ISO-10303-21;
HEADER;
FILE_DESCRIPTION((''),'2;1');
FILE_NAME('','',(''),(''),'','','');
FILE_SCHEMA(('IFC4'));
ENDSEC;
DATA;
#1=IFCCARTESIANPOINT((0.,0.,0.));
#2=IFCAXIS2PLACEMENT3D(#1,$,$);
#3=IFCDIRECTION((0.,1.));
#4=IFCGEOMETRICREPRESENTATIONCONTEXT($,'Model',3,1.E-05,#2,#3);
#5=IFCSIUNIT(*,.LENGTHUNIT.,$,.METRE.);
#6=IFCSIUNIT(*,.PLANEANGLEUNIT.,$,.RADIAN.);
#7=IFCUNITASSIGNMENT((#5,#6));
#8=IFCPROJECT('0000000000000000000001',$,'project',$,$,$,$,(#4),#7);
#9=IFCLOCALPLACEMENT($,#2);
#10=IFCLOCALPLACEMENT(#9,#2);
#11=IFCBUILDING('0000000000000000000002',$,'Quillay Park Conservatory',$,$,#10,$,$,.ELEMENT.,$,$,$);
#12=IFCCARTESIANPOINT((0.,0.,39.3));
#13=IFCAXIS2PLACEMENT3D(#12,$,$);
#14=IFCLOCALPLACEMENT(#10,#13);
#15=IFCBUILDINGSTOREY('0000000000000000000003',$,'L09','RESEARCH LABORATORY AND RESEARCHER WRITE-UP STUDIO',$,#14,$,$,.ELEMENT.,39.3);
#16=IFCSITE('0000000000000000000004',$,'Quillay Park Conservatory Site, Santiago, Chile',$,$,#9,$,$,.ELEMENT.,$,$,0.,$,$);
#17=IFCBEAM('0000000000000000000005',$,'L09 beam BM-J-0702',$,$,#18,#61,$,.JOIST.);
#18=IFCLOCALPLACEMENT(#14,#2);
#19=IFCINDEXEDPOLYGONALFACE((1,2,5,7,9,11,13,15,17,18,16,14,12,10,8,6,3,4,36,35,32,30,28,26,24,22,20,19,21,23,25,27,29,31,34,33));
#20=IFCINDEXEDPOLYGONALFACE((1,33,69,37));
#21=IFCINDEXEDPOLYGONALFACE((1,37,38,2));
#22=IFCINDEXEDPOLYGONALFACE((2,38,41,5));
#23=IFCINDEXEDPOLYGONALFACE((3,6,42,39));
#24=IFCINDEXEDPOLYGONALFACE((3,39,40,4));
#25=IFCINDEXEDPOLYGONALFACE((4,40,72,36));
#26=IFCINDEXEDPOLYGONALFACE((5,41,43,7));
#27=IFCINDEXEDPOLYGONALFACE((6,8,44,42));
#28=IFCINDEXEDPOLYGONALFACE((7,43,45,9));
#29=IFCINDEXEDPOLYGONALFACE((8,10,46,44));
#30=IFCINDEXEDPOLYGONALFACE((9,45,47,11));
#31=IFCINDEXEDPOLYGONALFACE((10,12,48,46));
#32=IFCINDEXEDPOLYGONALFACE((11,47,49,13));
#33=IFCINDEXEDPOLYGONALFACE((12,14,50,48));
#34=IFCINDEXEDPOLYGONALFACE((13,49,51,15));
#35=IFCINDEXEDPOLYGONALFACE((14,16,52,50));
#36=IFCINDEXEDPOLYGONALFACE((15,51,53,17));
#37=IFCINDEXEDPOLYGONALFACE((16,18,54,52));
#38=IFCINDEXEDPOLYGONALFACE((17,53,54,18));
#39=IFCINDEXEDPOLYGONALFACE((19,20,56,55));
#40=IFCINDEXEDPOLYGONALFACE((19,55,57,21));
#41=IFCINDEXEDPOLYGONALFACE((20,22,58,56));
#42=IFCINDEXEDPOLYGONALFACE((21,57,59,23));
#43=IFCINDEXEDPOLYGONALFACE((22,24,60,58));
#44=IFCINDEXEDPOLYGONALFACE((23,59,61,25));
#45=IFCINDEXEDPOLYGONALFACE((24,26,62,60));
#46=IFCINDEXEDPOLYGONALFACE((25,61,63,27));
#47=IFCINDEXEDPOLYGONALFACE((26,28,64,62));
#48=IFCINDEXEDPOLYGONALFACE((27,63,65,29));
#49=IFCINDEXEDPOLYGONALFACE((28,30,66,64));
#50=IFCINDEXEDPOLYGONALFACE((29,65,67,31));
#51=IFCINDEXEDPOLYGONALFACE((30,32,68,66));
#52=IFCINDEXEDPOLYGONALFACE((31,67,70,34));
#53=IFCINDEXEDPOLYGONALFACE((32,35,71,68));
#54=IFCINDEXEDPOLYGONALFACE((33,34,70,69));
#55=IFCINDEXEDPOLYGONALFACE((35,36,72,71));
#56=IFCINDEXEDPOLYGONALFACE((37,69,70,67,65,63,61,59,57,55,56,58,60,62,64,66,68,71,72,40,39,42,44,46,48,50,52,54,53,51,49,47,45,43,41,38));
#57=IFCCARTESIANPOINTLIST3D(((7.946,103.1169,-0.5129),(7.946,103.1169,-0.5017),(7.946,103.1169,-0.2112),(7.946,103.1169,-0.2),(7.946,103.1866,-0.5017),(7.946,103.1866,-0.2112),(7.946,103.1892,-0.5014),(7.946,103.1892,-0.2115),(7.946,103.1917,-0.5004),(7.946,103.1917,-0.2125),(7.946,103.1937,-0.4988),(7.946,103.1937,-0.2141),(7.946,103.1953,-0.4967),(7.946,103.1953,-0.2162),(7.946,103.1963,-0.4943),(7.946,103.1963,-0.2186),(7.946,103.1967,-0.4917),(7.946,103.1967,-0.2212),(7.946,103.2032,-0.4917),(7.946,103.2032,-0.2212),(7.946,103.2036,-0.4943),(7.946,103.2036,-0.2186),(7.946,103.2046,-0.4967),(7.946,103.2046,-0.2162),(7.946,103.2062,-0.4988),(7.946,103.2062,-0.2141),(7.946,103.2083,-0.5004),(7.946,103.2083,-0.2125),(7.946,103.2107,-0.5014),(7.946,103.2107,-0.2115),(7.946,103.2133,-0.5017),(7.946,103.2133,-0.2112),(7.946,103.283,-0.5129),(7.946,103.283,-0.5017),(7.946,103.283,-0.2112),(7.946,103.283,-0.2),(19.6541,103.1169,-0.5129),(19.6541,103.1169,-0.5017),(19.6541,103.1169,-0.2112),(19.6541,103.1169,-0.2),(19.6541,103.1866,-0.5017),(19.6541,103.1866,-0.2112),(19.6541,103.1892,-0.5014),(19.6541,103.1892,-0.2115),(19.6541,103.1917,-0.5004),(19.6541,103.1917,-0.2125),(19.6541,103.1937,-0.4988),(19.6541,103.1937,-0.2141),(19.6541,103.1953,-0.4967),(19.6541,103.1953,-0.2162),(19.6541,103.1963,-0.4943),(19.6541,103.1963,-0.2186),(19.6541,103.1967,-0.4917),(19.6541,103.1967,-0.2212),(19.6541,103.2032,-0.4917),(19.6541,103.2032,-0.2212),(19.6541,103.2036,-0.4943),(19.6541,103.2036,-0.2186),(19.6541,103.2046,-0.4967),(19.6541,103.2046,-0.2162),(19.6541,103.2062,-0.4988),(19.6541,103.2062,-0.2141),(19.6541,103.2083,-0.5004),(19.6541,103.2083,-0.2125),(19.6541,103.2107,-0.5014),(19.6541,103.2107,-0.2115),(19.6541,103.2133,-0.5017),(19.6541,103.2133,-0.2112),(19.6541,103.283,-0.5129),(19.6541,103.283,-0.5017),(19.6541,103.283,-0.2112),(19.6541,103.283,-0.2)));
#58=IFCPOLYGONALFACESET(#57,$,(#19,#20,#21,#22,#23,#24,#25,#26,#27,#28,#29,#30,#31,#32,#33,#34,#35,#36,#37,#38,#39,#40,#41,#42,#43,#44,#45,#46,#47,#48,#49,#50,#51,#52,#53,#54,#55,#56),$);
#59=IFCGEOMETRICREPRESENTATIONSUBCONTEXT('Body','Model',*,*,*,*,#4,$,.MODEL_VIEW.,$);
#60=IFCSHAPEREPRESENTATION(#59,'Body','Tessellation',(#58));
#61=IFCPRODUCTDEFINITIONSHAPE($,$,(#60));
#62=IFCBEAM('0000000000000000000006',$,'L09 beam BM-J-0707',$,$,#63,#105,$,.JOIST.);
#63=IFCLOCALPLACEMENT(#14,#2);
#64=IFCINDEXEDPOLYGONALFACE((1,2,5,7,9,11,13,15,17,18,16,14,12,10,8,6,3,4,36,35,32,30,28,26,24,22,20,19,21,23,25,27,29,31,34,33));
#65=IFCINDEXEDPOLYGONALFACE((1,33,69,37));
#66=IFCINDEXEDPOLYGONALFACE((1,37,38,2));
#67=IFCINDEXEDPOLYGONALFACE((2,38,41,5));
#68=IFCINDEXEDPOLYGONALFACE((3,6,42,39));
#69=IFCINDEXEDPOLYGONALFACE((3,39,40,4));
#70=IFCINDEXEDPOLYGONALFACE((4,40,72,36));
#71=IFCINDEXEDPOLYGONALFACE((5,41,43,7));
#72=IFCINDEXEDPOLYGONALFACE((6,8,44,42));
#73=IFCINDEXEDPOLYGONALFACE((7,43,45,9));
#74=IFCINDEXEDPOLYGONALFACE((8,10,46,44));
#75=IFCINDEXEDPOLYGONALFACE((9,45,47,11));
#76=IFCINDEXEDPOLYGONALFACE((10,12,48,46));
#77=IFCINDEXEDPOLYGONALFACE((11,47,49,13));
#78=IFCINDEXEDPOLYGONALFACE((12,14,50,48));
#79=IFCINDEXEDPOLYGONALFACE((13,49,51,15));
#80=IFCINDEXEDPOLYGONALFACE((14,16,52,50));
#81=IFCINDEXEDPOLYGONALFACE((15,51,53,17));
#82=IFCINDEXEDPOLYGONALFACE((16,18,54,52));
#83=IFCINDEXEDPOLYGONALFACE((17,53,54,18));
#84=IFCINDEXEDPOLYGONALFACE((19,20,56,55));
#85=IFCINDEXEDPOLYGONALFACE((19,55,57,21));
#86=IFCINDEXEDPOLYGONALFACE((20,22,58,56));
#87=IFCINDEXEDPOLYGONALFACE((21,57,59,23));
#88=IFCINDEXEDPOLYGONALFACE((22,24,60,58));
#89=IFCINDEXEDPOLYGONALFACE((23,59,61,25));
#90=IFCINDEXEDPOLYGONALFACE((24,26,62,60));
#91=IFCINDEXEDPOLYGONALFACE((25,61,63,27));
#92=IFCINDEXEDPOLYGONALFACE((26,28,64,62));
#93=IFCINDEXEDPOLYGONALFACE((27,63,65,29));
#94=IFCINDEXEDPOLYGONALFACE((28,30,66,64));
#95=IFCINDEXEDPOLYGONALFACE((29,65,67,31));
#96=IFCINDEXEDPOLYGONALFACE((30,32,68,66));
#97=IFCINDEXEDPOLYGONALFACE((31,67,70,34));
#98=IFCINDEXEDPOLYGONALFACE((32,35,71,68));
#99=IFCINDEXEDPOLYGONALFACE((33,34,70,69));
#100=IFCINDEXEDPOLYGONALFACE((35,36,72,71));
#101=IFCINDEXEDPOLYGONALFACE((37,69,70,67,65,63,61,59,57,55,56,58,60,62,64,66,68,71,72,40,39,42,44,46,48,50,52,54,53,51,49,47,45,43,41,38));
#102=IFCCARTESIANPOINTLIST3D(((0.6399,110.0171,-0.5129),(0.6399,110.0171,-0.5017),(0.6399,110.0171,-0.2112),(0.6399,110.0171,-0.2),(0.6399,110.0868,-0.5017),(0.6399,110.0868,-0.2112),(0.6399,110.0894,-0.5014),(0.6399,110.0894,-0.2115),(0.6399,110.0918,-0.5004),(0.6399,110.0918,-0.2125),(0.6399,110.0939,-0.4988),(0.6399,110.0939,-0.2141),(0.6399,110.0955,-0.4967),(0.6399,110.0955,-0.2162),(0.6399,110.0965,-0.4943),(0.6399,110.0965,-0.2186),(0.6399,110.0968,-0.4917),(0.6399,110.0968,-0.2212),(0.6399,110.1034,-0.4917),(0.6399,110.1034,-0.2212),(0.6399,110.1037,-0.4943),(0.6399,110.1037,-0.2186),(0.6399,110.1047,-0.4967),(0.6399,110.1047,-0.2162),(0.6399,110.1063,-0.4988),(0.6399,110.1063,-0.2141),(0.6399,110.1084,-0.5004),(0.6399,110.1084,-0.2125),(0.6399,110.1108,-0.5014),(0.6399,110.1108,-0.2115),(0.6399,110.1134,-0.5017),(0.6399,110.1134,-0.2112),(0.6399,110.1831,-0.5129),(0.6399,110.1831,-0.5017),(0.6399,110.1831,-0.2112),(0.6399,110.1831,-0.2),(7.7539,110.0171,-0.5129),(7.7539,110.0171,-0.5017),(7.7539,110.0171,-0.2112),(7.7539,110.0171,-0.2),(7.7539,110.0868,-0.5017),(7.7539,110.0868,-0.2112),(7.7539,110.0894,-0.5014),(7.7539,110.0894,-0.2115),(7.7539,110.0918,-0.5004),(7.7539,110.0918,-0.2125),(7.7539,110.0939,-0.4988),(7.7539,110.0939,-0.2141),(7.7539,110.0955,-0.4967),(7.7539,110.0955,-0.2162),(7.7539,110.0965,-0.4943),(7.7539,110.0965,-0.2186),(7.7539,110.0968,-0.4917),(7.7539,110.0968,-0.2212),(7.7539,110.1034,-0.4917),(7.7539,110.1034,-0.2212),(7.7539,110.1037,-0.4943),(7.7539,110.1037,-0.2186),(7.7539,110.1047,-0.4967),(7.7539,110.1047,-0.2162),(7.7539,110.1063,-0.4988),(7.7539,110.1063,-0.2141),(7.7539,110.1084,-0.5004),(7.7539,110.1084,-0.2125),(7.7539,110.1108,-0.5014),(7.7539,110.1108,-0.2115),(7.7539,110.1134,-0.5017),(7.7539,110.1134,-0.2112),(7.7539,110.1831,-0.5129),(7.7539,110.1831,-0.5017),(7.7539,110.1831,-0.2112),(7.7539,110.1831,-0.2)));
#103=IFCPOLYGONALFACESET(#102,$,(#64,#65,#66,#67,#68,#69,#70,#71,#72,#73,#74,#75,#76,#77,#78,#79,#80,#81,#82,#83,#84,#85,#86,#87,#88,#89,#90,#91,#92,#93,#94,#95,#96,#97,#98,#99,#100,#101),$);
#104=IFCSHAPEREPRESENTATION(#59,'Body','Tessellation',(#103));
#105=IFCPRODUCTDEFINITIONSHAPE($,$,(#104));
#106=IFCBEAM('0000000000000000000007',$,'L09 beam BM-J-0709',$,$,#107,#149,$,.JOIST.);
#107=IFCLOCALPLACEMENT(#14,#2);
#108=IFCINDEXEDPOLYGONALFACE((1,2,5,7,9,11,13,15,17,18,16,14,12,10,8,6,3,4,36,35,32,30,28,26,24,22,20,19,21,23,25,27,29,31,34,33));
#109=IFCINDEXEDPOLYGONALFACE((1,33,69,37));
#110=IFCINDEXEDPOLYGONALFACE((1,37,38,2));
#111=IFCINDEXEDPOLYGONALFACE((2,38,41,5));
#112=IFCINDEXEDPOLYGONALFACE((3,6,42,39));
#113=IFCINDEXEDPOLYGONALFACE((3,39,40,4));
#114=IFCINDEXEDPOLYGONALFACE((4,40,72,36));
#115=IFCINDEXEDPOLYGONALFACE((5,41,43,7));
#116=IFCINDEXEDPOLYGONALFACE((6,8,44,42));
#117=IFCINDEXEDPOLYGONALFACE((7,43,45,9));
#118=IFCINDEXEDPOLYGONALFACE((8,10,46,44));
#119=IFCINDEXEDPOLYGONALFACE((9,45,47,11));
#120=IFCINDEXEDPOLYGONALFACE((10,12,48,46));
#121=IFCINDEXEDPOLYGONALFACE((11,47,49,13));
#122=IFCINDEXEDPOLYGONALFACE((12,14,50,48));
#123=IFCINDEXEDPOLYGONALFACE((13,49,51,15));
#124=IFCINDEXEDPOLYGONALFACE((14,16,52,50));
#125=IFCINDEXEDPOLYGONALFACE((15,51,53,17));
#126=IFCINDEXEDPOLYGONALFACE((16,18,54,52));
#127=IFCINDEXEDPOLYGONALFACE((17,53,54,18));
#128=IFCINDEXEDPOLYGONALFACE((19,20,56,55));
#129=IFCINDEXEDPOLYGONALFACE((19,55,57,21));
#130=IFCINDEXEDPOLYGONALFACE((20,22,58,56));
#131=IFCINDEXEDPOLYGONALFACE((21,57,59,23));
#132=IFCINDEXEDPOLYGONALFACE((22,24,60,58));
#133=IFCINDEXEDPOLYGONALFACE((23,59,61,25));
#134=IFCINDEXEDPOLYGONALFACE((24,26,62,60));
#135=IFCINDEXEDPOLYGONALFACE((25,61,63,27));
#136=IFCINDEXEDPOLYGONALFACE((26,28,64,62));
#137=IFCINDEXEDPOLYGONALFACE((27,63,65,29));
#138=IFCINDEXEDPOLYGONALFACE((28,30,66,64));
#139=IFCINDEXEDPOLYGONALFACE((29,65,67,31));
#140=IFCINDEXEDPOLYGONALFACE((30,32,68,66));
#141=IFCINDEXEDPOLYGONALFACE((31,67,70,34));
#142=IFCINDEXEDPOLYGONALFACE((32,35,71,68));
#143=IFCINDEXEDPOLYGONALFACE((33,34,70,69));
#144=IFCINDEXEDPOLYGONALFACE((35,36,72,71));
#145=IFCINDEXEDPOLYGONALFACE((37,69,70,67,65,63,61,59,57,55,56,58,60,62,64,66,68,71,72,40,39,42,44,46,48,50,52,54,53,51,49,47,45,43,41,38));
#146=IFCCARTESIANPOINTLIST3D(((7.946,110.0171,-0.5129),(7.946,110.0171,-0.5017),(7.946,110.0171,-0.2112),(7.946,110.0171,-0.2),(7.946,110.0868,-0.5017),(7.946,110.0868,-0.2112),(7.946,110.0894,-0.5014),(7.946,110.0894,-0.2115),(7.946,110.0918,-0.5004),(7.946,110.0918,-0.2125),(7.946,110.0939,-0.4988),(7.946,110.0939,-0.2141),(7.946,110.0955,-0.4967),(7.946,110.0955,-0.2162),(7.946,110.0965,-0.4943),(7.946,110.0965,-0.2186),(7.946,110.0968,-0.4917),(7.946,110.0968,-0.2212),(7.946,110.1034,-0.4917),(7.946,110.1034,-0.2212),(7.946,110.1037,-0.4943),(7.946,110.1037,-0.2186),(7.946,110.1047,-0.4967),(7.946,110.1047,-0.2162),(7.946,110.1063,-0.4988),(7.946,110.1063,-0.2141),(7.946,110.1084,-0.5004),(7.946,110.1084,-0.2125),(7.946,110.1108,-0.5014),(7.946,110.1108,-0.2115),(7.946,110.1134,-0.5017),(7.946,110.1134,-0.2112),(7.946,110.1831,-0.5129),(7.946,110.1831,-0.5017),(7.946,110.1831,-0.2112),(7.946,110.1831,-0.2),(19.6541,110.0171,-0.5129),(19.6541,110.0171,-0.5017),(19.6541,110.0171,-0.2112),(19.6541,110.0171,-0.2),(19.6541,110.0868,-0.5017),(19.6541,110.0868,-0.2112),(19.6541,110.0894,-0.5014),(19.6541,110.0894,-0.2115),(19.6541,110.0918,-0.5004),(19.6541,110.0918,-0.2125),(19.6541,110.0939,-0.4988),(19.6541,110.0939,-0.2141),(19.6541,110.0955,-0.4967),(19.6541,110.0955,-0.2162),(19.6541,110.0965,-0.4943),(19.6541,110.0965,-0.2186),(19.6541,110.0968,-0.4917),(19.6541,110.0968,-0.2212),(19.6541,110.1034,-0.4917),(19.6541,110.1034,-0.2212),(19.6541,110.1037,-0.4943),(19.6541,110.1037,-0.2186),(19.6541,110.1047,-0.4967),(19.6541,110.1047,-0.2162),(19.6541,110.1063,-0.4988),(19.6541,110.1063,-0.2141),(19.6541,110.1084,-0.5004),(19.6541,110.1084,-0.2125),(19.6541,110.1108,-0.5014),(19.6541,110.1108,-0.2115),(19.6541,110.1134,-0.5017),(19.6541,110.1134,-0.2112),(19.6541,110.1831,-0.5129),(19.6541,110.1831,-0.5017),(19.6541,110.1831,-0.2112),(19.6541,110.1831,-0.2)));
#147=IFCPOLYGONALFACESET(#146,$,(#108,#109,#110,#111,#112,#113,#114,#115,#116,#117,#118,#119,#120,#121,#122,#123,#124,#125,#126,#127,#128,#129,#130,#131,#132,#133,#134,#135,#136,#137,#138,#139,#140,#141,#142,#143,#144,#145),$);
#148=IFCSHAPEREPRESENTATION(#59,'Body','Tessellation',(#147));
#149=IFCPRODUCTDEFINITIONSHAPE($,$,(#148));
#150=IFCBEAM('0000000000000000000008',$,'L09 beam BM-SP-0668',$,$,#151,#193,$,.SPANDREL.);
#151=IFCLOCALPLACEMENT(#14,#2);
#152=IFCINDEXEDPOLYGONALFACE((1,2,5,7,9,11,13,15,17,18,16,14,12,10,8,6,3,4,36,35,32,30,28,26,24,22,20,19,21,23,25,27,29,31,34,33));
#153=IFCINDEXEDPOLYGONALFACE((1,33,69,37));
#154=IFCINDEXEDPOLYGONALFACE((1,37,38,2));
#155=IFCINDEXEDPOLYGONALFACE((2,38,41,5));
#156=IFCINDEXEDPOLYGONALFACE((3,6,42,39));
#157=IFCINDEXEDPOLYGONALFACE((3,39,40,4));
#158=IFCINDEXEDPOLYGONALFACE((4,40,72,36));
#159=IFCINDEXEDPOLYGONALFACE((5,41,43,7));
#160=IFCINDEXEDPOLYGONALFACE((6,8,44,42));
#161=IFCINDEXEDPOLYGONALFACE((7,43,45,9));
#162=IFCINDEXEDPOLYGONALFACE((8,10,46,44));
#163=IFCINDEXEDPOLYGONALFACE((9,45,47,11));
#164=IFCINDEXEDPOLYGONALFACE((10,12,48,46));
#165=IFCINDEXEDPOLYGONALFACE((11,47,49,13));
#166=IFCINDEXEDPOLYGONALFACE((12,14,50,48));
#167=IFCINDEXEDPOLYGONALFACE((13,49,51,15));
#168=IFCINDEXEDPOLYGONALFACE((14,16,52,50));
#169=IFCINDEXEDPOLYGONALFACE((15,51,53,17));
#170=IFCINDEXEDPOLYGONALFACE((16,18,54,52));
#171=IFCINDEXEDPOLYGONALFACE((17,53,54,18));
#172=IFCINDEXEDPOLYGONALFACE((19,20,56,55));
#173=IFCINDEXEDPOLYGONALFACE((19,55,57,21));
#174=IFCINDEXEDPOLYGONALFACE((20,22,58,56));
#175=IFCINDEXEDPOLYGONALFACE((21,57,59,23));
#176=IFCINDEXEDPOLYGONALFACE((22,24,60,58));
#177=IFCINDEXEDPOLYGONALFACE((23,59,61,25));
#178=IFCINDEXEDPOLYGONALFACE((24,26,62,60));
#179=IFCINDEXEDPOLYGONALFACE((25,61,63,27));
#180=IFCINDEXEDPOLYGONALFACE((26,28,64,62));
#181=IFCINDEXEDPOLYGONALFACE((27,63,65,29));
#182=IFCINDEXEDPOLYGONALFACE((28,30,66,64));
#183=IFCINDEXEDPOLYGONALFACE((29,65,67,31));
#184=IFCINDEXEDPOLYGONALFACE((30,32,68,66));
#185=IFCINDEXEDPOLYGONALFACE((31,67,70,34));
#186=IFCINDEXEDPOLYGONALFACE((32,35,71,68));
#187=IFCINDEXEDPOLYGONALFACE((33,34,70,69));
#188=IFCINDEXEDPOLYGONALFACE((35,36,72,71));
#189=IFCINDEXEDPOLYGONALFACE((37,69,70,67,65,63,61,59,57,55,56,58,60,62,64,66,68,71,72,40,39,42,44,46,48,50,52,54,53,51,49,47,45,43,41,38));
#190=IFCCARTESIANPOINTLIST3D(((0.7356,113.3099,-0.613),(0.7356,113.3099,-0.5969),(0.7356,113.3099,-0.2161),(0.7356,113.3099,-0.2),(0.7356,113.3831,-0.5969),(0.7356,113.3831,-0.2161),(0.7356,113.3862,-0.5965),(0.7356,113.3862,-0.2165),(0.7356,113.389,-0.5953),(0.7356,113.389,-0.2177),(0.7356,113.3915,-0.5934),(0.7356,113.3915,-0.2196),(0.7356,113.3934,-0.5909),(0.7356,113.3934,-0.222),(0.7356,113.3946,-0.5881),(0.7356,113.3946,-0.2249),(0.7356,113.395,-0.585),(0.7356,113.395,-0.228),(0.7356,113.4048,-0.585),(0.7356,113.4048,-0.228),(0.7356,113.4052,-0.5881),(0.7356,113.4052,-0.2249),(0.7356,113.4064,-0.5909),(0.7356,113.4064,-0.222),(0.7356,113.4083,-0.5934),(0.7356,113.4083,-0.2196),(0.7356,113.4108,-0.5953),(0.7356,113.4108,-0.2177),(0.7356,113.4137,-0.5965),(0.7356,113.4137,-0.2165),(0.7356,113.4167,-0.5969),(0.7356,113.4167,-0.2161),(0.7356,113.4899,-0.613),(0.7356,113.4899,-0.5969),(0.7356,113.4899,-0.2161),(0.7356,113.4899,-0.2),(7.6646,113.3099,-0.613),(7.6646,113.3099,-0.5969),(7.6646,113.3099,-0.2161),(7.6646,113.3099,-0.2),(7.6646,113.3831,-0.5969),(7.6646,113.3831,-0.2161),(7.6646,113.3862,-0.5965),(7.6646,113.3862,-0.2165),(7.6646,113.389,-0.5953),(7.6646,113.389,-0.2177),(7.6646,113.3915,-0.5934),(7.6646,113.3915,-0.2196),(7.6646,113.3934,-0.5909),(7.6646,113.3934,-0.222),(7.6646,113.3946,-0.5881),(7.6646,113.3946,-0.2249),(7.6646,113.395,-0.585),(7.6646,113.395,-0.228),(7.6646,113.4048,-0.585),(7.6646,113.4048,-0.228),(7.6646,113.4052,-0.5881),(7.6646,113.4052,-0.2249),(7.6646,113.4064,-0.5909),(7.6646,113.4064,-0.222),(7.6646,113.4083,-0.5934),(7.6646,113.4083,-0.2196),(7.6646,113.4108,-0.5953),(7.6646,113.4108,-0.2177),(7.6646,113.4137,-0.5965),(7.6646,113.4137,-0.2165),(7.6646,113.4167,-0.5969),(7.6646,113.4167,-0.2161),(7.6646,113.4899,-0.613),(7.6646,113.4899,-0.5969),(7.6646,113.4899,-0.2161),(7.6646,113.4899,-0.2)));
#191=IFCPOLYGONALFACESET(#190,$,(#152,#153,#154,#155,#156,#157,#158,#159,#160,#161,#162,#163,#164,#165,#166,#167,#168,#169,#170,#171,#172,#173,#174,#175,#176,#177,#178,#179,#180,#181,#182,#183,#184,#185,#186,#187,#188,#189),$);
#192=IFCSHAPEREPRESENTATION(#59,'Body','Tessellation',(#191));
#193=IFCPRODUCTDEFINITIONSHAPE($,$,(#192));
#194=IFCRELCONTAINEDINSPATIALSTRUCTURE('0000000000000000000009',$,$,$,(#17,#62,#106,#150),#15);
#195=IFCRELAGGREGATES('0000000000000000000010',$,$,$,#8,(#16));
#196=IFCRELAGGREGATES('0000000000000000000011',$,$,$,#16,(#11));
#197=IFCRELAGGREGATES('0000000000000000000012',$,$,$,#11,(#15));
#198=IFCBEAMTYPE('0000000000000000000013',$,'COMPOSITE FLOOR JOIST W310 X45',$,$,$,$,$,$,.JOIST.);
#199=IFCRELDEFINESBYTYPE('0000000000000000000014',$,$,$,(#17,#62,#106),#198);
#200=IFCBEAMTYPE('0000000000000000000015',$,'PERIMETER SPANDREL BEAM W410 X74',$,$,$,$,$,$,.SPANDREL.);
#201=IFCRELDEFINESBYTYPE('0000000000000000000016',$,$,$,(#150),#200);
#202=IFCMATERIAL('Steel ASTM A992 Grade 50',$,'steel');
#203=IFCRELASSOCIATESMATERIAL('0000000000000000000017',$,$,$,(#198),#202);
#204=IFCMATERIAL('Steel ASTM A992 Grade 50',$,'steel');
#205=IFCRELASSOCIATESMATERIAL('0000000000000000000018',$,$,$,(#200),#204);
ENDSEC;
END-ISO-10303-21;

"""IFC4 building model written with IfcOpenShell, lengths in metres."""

from ifc_helpers import new_model, si_unit, direction, frame, origin, origin_2d, place, context, subcontext, project, spatial, i_section, extrude, material, material_profile, profile_set, type_object, element, save


model = new_model("IFC4")

# Units and contexts
model_context = context("Model", 3, precision=1e-05, world=origin(), true_north=direction((0.0, 1.0)))
body_context = subcontext(model_context, "Body", "Model", "MODEL_VIEW")
ifc_project = project(units=[si_unit("LENGTHUNIT", "METRE"), si_unit("PLANEANGLEUNIT", "RADIAN")], contexts=[model_context])

# Site, building, storey
site_placement = place(None, origin())
site = spatial("IfcSite", under=ifc_project, at=site_placement, Name="Quillay Park Conservatory Site, Santiago, Chile", CompositionType="ELEMENT", RefElevation=0.0)
building_placement = place(site_placement, origin())
building = spatial("IfcBuilding", under=site, at=building_placement, Name="Quillay Park Conservatory", CompositionType="ELEMENT")
storey_placement = place(building_placement, frame((0.0, 0.0, 39.3)))
storey = spatial("IfcBuildingStorey", under=building, at=storey_placement, Name="L09", Description="RESEARCH LABORATORY AND RESEARCHER WRITE-UP STUDIO", CompositionType="ELEMENT", Elevation=39.3)

# Beams
ifc_material_1 = material(Name="Steel ASTM A992 Grade 50", Category="steel")
ifc_material_profile_1 = material_profile(ifc_material_1, i_section(OverallWidth=0.166, OverallDepth=0.313, WebThickness=0.0066, FlangeThickness=0.0112, FilletRadius=0.01, at=origin_2d()), Name="W310x45")
ifc_profile_set_1 = profile_set([ifc_material_profile_1], Name="Steel ASTM A992 Grade 50")
beam_type_1 = type_object("IfcBeamType", Name="COMPOSITE FLOOR JOIST W310 X45", PredefinedType="JOIST", material=ifc_profile_set_1)
beam_1_placement = place(storey_placement, frame((7.946, 103.2, -0.3564), z_axis=(1.0, 0.0, 0.0), x_axis=(0.0, 1.0, 0.0)))
element("IfcBeam", 1, at=beam_1_placement, inside=storey, type_object=beam_type_1, Name="L09 beam BM-J-0702", PredefinedType="JOIST", context=body_context, shape_type="SweptSolid", body=[
    extrude(i_section(OverallWidth=0.166, OverallDepth=0.313, WebThickness=0.0066, FlangeThickness=0.0112, FilletRadius=0.01, at=origin_2d()), origin(), (0.0, 0.0, 1.0), 11.708),
])
beam_2_placement = place(storey_placement, frame((0.6399, 110.1001, -0.3564), z_axis=(1.0, 0.0, 0.0), x_axis=(0.0, 1.0, 0.0)))
element("IfcBeam", 2, at=beam_2_placement, inside=storey, type_object=beam_type_1, Name="L09 beam BM-J-0707", PredefinedType="JOIST", context=body_context, shape_type="SweptSolid", body=[
    extrude(i_section(OverallWidth=0.166, OverallDepth=0.313, WebThickness=0.0066, FlangeThickness=0.0112, FilletRadius=0.01, at=origin_2d()), origin(), (0.0, 0.0, 1.0), 7.114),
])
beam_3_placement = place(storey_placement, frame((7.946, 110.1001, -0.3564), z_axis=(1.0, 0.0, 0.0), x_axis=(0.0, 1.0, 0.0)))
element("IfcBeam", 3, at=beam_3_placement, inside=storey, type_object=beam_type_1, Name="L09 beam BM-J-0709", PredefinedType="JOIST", context=body_context, shape_type="SweptSolid", body=[
    extrude(i_section(OverallWidth=0.166, OverallDepth=0.313, WebThickness=0.0066, FlangeThickness=0.0112, FilletRadius=0.01, at=origin_2d()), origin(), (0.0, 0.0, 1.0), 11.708),
])
ifc_material_2 = material(Name="Steel ASTM A992 Grade 50", Category="steel")
ifc_material_profile_2 = material_profile(ifc_material_2, i_section(OverallWidth=0.1799, OverallDepth=0.4131, WebThickness=0.0098, FlangeThickness=0.0161, FilletRadius=0.012, at=origin_2d()), Name="W410x74")
ifc_profile_set_2 = profile_set([ifc_material_profile_2], Name="Steel ASTM A992 Grade 50")
beam_type_2 = type_object("IfcBeamType", Name="PERIMETER SPANDREL BEAM W410 X74", PredefinedType="SPANDREL", material=ifc_profile_set_2)
beam_4_placement = place(storey_placement, frame((0.7356, 113.3999, -0.4065), z_axis=(1.0, 0.0, 0.0), x_axis=(0.0, 1.0, 0.0)))
element("IfcBeam", 4, at=beam_4_placement, inside=storey, type_object=beam_type_2, Name="L09 beam BM-SP-0668", PredefinedType="SPANDREL", context=body_context, shape_type="SweptSolid", body=[
    extrude(i_section(OverallWidth=0.1799, OverallDepth=0.4131, WebThickness=0.0098, FlangeThickness=0.0161, FilletRadius=0.012, at=origin_2d()), origin(), (0.0, 0.0, 1.0), 6.929),
])

save(model, "model.ifc")
